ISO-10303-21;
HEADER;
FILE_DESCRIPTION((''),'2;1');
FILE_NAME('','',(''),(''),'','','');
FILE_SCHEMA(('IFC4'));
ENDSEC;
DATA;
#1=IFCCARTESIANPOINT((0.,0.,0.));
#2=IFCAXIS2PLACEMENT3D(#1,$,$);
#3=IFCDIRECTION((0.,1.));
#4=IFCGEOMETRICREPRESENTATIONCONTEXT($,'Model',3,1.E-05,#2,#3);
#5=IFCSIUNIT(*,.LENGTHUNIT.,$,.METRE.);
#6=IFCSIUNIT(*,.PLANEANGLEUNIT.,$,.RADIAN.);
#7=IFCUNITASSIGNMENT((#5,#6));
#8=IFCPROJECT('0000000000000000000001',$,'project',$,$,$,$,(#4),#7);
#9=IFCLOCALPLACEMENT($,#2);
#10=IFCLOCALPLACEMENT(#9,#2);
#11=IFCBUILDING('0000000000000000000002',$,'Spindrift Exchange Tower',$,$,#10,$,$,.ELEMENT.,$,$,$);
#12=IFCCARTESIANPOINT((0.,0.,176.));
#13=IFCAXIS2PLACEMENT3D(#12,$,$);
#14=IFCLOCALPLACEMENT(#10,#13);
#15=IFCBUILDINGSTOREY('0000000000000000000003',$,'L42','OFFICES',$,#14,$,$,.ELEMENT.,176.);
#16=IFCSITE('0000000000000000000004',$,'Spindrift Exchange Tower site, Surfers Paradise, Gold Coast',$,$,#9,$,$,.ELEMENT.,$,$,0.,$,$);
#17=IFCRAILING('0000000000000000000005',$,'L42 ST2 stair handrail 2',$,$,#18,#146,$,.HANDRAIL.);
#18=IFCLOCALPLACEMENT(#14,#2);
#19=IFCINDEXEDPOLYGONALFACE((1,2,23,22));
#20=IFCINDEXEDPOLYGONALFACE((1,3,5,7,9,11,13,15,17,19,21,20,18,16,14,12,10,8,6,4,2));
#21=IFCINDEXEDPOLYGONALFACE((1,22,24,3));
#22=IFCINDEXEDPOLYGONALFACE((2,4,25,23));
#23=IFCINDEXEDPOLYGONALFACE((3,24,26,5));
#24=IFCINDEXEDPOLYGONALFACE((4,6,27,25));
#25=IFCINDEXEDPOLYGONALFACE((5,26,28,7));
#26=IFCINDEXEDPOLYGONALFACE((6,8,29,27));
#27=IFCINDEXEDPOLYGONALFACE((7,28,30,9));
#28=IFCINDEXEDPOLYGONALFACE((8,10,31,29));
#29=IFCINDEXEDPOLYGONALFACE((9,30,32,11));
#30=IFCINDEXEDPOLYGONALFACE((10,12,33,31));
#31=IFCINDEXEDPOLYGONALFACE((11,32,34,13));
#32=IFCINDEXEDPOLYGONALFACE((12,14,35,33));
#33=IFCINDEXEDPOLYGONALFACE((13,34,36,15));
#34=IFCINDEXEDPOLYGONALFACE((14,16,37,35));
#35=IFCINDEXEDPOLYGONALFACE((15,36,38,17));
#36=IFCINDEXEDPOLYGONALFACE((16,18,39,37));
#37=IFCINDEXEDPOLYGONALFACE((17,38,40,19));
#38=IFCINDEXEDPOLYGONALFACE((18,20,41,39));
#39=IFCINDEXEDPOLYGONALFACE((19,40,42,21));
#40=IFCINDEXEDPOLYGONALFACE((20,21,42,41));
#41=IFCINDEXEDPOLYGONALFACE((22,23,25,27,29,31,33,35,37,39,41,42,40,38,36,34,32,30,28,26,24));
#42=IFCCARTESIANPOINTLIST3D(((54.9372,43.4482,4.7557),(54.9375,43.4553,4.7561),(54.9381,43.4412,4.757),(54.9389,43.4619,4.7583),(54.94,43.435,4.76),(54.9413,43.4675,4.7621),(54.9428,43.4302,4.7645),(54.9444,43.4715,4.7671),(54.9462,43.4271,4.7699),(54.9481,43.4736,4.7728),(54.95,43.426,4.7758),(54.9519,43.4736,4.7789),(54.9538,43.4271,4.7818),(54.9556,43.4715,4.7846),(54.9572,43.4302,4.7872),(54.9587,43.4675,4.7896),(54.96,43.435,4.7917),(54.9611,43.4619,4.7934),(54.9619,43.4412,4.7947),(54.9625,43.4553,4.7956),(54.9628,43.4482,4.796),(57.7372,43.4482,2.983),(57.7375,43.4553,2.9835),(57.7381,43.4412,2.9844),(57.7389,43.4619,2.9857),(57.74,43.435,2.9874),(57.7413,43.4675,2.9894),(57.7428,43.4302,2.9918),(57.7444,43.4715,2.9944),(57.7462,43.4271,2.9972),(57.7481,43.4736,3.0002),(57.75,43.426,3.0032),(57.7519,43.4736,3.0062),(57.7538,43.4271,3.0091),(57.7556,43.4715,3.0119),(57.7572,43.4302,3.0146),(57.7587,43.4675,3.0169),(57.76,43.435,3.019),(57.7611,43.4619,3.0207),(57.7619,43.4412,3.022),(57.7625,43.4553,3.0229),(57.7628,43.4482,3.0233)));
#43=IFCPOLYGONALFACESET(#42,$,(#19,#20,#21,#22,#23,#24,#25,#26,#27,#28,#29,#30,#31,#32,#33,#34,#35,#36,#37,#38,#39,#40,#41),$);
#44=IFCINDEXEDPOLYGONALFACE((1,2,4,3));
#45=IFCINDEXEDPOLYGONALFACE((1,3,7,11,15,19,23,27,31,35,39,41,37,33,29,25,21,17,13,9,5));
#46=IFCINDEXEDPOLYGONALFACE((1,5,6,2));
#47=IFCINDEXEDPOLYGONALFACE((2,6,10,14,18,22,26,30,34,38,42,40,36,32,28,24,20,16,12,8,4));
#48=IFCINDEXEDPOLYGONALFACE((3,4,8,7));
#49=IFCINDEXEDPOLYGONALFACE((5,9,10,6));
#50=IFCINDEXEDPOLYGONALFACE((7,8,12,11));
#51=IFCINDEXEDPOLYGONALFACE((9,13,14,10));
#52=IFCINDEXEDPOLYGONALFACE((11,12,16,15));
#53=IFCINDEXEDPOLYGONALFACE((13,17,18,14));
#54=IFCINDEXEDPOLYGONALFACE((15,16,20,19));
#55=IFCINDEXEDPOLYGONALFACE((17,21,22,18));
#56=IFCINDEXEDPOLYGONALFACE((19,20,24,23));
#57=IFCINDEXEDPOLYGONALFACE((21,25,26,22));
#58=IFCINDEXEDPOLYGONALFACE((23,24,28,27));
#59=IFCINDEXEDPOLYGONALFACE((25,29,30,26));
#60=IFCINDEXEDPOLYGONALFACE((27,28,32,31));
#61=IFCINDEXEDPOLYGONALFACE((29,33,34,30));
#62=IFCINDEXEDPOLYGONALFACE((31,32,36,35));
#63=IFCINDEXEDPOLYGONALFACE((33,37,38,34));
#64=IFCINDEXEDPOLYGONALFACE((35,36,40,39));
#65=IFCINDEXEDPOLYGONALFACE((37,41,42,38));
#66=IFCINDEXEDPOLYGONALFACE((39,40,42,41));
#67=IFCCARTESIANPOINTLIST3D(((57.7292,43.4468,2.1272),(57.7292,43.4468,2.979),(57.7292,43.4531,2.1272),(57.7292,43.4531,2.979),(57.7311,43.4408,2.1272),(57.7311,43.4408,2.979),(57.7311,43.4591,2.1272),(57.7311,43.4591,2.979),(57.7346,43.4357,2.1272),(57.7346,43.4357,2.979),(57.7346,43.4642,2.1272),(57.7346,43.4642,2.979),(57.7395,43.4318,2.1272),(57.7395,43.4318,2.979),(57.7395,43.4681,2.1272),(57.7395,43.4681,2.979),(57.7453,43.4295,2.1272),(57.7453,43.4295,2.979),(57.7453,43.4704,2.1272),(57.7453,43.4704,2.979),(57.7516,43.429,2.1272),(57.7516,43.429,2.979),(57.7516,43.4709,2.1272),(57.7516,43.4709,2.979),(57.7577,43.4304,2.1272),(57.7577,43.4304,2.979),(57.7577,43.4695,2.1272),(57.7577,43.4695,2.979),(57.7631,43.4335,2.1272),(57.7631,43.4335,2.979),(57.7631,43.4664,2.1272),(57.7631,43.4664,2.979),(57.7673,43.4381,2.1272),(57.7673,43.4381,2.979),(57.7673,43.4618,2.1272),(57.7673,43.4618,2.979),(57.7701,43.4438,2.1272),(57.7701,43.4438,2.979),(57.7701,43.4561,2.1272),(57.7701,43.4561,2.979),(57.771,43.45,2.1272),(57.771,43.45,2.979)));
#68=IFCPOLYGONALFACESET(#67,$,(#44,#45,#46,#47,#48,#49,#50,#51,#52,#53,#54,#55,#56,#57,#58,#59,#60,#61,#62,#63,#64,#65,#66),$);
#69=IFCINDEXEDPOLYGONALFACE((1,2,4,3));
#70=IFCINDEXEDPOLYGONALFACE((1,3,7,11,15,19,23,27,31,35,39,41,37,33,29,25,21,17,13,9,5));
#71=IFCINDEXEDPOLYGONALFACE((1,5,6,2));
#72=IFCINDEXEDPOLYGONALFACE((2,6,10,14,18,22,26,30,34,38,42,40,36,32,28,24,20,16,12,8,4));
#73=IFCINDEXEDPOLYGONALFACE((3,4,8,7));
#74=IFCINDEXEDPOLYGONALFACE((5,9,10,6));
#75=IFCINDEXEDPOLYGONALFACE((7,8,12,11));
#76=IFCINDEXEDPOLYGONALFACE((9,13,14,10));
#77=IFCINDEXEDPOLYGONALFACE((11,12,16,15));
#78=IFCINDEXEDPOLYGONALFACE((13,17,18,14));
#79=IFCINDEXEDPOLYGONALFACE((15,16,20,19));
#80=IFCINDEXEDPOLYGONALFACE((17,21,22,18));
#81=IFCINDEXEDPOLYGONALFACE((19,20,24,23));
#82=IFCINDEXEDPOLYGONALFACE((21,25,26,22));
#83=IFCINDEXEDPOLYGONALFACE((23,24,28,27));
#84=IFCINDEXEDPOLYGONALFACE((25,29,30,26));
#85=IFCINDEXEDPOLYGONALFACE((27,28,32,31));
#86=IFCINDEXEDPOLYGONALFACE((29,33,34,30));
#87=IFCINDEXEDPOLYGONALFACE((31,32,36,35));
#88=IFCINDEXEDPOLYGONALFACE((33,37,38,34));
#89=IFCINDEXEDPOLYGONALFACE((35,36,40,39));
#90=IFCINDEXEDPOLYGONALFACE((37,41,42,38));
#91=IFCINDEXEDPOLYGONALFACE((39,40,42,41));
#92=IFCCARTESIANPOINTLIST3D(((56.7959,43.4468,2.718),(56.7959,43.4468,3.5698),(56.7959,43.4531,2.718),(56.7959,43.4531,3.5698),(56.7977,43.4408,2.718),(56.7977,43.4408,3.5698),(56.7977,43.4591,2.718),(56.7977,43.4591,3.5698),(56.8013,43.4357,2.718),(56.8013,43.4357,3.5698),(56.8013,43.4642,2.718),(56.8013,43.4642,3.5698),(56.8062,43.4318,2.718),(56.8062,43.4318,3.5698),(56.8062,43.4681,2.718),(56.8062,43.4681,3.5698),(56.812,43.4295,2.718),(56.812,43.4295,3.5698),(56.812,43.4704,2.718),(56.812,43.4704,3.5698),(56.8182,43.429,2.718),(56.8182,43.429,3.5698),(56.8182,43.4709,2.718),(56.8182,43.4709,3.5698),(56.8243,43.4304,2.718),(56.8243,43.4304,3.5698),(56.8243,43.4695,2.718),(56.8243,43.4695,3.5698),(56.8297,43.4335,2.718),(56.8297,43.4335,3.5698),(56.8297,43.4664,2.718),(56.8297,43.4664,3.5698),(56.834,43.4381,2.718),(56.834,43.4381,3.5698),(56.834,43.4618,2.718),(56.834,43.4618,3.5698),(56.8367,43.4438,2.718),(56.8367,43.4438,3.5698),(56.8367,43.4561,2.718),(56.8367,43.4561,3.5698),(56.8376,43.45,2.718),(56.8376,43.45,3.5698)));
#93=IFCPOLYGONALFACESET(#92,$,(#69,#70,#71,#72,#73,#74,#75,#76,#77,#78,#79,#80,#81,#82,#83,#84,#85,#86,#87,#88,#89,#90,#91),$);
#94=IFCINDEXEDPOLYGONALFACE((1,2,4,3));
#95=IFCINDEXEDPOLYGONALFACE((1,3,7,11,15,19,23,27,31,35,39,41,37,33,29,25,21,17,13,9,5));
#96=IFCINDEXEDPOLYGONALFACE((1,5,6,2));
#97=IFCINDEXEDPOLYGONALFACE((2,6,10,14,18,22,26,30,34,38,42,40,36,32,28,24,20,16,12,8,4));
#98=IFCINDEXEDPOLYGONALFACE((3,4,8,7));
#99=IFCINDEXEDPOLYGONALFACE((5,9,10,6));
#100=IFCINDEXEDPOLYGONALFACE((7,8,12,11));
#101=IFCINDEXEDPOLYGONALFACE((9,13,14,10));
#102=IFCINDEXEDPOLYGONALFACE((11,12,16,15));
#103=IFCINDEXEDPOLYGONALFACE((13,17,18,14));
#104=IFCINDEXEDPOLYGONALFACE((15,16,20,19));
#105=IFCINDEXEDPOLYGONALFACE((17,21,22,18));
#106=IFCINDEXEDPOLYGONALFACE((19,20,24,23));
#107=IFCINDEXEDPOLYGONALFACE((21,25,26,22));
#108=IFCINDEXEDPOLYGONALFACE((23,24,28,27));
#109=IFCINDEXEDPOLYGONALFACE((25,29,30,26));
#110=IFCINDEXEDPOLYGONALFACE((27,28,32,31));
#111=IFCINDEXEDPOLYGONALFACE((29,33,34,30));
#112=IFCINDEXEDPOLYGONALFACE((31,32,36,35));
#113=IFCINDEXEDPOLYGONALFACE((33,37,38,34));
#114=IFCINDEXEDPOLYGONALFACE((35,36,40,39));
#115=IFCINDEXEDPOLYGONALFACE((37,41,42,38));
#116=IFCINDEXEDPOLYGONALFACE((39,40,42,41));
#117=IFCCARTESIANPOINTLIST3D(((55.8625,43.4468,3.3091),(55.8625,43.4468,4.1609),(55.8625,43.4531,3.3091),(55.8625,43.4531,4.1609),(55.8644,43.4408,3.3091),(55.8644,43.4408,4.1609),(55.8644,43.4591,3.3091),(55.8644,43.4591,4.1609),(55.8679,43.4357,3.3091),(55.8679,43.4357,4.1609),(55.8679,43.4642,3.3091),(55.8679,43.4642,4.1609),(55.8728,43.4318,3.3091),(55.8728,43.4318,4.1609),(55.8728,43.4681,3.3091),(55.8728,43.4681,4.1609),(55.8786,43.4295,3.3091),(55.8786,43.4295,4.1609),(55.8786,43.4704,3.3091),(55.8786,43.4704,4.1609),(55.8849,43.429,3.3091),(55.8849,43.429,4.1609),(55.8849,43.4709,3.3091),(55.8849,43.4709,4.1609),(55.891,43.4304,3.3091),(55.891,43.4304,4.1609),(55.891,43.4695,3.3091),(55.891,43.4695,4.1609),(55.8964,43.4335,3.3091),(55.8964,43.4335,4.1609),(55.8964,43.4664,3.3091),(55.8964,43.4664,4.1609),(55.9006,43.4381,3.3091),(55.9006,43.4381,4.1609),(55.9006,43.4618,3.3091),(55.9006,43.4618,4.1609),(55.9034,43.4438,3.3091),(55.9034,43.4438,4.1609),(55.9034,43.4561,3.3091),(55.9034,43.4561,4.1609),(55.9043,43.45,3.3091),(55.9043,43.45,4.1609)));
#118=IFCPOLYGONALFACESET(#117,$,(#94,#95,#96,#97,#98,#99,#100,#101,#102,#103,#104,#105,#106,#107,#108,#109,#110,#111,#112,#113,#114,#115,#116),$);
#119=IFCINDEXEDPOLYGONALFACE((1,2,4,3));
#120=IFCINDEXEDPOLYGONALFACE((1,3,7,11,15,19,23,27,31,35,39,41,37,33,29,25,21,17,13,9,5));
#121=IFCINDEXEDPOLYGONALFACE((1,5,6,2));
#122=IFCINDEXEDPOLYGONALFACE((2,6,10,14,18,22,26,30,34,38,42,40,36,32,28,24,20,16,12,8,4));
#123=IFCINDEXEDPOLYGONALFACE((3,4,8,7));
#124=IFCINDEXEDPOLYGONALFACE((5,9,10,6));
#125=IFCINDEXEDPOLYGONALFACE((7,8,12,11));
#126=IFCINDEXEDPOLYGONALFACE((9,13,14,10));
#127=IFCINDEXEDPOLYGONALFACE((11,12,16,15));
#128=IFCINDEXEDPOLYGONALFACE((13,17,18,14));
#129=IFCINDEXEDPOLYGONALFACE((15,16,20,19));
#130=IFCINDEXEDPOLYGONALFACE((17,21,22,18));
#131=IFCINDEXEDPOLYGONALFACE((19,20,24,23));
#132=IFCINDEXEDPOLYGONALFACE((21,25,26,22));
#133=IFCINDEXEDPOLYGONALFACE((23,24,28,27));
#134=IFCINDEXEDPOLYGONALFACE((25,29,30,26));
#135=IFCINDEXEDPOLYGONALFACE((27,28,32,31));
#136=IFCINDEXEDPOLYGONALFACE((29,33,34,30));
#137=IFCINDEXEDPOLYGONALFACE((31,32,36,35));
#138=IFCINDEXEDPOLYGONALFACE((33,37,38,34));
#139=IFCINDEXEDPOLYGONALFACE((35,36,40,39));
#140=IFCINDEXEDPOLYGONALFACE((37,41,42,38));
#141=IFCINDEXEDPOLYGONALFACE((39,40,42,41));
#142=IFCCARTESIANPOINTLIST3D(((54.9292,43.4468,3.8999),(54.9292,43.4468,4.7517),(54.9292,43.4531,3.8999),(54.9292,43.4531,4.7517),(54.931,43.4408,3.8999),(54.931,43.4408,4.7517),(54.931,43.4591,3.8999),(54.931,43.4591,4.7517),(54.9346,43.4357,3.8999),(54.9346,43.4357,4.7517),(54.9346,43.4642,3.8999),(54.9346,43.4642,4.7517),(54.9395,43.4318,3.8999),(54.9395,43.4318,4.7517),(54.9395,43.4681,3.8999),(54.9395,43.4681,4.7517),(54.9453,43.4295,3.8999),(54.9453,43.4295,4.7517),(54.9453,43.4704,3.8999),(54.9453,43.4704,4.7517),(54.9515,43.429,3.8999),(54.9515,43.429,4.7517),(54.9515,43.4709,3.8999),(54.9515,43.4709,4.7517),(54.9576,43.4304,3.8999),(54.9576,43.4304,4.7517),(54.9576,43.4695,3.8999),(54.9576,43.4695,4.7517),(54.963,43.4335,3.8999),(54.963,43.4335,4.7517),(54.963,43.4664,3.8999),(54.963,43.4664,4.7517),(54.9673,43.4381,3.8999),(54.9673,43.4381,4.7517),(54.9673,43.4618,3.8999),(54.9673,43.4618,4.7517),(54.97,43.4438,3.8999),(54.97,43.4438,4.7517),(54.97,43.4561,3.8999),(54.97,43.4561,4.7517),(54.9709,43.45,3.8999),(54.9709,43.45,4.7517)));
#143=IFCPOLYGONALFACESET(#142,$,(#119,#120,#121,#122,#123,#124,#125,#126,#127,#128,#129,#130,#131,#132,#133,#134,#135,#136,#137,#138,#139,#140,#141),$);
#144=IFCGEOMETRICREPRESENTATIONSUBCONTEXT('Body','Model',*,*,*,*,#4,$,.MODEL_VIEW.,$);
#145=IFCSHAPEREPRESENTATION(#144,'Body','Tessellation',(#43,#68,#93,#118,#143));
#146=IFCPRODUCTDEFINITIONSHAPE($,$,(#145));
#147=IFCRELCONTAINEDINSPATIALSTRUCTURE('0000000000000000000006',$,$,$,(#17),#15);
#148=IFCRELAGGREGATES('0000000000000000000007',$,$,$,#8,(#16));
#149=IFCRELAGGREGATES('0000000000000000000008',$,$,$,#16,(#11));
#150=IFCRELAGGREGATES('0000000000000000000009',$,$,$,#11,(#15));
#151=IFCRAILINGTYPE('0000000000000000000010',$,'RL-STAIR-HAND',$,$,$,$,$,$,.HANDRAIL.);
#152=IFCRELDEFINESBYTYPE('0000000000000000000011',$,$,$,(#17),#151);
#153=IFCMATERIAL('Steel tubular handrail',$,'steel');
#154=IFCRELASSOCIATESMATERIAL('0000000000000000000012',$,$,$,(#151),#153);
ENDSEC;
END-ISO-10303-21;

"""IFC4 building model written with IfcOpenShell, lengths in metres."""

from ifc_helpers import new_model, si_unit, direction, frame, origin, origin_2d, place, context, subcontext, project, spatial, circle, extrude, material, type_object, element, save


model = new_model("IFC4")

# Units and contexts
model_context = context("Model", 3, precision=1e-05, world=origin(), true_north=direction((0.0, 1.0)))
body_context = subcontext(model_context, "Body", "Model", "MODEL_VIEW")
ifc_project = project(units=[si_unit("LENGTHUNIT", "METRE"), si_unit("PLANEANGLEUNIT", "RADIAN")], contexts=[model_context])

# Site, building, storey
site_placement = place(None, origin())
site = spatial("IfcSite", under=ifc_project, at=site_placement, Name="Spindrift Exchange Tower site, Surfers Paradise, Gold Coast", CompositionType="ELEMENT", RefElevation=0.0)
building_placement = place(site_placement, origin())
building = spatial("IfcBuilding", under=site, at=building_placement, Name="Spindrift Exchange Tower", CompositionType="ELEMENT")
storey_placement = place(building_placement, frame((0.0, 0.0, 176.0)))
storey = spatial("IfcBuildingStorey", under=building, at=storey_placement, Name="L42", Description="OFFICES", CompositionType="ELEMENT", Elevation=176.0)

# Railing
ifc_material_1 = material(Name="Steel tubular handrail", Category="steel")
railing_type_1 = type_object("IfcRailingType", Name="RL-STAIR-HAND", PredefinedType="HANDRAIL", material=ifc_material_1)
railing_1_placement = place(storey_placement, frame((57.75, 43.45, 2.1272)))
element("IfcRailing", 1, at=railing_1_placement, inside=storey, type_object=railing_type_1, Name="L42 ST2 stair handrail 2", PredefinedType="HANDRAIL", context=body_context, shape_type="SweptSolid", body=[
    extrude(circle(Radius=0.0239, at=origin_2d()), frame((0.0, 0.0, 0.876), z_axis=(-0.844909, 0.0, 0.53491), x_axis=(0.0, -1.0, 0.0)), (0.0, 0.0, 1.0), 3.314),
    extrude(circle(Radius=0.021, at=origin_2d()), origin(), (0.0, 0.0, 1.0), 0.8518),
    extrude(circle(Radius=0.021, at=origin_2d()), frame((-0.9333, 0.0, 0.5908)), (0.0, 0.0, 1.0), 0.8518),
    extrude(circle(Radius=0.021, at=origin_2d()), frame((-1.8667, 0.0, 1.1819)), (0.0, 0.0, 1.0), 0.8518),
    extrude(circle(Radius=0.021, at=origin_2d()), frame((-2.8, 0.0, 1.7727)), (0.0, 0.0, 1.0), 0.8518),
])

save(model, "model.ifc")
